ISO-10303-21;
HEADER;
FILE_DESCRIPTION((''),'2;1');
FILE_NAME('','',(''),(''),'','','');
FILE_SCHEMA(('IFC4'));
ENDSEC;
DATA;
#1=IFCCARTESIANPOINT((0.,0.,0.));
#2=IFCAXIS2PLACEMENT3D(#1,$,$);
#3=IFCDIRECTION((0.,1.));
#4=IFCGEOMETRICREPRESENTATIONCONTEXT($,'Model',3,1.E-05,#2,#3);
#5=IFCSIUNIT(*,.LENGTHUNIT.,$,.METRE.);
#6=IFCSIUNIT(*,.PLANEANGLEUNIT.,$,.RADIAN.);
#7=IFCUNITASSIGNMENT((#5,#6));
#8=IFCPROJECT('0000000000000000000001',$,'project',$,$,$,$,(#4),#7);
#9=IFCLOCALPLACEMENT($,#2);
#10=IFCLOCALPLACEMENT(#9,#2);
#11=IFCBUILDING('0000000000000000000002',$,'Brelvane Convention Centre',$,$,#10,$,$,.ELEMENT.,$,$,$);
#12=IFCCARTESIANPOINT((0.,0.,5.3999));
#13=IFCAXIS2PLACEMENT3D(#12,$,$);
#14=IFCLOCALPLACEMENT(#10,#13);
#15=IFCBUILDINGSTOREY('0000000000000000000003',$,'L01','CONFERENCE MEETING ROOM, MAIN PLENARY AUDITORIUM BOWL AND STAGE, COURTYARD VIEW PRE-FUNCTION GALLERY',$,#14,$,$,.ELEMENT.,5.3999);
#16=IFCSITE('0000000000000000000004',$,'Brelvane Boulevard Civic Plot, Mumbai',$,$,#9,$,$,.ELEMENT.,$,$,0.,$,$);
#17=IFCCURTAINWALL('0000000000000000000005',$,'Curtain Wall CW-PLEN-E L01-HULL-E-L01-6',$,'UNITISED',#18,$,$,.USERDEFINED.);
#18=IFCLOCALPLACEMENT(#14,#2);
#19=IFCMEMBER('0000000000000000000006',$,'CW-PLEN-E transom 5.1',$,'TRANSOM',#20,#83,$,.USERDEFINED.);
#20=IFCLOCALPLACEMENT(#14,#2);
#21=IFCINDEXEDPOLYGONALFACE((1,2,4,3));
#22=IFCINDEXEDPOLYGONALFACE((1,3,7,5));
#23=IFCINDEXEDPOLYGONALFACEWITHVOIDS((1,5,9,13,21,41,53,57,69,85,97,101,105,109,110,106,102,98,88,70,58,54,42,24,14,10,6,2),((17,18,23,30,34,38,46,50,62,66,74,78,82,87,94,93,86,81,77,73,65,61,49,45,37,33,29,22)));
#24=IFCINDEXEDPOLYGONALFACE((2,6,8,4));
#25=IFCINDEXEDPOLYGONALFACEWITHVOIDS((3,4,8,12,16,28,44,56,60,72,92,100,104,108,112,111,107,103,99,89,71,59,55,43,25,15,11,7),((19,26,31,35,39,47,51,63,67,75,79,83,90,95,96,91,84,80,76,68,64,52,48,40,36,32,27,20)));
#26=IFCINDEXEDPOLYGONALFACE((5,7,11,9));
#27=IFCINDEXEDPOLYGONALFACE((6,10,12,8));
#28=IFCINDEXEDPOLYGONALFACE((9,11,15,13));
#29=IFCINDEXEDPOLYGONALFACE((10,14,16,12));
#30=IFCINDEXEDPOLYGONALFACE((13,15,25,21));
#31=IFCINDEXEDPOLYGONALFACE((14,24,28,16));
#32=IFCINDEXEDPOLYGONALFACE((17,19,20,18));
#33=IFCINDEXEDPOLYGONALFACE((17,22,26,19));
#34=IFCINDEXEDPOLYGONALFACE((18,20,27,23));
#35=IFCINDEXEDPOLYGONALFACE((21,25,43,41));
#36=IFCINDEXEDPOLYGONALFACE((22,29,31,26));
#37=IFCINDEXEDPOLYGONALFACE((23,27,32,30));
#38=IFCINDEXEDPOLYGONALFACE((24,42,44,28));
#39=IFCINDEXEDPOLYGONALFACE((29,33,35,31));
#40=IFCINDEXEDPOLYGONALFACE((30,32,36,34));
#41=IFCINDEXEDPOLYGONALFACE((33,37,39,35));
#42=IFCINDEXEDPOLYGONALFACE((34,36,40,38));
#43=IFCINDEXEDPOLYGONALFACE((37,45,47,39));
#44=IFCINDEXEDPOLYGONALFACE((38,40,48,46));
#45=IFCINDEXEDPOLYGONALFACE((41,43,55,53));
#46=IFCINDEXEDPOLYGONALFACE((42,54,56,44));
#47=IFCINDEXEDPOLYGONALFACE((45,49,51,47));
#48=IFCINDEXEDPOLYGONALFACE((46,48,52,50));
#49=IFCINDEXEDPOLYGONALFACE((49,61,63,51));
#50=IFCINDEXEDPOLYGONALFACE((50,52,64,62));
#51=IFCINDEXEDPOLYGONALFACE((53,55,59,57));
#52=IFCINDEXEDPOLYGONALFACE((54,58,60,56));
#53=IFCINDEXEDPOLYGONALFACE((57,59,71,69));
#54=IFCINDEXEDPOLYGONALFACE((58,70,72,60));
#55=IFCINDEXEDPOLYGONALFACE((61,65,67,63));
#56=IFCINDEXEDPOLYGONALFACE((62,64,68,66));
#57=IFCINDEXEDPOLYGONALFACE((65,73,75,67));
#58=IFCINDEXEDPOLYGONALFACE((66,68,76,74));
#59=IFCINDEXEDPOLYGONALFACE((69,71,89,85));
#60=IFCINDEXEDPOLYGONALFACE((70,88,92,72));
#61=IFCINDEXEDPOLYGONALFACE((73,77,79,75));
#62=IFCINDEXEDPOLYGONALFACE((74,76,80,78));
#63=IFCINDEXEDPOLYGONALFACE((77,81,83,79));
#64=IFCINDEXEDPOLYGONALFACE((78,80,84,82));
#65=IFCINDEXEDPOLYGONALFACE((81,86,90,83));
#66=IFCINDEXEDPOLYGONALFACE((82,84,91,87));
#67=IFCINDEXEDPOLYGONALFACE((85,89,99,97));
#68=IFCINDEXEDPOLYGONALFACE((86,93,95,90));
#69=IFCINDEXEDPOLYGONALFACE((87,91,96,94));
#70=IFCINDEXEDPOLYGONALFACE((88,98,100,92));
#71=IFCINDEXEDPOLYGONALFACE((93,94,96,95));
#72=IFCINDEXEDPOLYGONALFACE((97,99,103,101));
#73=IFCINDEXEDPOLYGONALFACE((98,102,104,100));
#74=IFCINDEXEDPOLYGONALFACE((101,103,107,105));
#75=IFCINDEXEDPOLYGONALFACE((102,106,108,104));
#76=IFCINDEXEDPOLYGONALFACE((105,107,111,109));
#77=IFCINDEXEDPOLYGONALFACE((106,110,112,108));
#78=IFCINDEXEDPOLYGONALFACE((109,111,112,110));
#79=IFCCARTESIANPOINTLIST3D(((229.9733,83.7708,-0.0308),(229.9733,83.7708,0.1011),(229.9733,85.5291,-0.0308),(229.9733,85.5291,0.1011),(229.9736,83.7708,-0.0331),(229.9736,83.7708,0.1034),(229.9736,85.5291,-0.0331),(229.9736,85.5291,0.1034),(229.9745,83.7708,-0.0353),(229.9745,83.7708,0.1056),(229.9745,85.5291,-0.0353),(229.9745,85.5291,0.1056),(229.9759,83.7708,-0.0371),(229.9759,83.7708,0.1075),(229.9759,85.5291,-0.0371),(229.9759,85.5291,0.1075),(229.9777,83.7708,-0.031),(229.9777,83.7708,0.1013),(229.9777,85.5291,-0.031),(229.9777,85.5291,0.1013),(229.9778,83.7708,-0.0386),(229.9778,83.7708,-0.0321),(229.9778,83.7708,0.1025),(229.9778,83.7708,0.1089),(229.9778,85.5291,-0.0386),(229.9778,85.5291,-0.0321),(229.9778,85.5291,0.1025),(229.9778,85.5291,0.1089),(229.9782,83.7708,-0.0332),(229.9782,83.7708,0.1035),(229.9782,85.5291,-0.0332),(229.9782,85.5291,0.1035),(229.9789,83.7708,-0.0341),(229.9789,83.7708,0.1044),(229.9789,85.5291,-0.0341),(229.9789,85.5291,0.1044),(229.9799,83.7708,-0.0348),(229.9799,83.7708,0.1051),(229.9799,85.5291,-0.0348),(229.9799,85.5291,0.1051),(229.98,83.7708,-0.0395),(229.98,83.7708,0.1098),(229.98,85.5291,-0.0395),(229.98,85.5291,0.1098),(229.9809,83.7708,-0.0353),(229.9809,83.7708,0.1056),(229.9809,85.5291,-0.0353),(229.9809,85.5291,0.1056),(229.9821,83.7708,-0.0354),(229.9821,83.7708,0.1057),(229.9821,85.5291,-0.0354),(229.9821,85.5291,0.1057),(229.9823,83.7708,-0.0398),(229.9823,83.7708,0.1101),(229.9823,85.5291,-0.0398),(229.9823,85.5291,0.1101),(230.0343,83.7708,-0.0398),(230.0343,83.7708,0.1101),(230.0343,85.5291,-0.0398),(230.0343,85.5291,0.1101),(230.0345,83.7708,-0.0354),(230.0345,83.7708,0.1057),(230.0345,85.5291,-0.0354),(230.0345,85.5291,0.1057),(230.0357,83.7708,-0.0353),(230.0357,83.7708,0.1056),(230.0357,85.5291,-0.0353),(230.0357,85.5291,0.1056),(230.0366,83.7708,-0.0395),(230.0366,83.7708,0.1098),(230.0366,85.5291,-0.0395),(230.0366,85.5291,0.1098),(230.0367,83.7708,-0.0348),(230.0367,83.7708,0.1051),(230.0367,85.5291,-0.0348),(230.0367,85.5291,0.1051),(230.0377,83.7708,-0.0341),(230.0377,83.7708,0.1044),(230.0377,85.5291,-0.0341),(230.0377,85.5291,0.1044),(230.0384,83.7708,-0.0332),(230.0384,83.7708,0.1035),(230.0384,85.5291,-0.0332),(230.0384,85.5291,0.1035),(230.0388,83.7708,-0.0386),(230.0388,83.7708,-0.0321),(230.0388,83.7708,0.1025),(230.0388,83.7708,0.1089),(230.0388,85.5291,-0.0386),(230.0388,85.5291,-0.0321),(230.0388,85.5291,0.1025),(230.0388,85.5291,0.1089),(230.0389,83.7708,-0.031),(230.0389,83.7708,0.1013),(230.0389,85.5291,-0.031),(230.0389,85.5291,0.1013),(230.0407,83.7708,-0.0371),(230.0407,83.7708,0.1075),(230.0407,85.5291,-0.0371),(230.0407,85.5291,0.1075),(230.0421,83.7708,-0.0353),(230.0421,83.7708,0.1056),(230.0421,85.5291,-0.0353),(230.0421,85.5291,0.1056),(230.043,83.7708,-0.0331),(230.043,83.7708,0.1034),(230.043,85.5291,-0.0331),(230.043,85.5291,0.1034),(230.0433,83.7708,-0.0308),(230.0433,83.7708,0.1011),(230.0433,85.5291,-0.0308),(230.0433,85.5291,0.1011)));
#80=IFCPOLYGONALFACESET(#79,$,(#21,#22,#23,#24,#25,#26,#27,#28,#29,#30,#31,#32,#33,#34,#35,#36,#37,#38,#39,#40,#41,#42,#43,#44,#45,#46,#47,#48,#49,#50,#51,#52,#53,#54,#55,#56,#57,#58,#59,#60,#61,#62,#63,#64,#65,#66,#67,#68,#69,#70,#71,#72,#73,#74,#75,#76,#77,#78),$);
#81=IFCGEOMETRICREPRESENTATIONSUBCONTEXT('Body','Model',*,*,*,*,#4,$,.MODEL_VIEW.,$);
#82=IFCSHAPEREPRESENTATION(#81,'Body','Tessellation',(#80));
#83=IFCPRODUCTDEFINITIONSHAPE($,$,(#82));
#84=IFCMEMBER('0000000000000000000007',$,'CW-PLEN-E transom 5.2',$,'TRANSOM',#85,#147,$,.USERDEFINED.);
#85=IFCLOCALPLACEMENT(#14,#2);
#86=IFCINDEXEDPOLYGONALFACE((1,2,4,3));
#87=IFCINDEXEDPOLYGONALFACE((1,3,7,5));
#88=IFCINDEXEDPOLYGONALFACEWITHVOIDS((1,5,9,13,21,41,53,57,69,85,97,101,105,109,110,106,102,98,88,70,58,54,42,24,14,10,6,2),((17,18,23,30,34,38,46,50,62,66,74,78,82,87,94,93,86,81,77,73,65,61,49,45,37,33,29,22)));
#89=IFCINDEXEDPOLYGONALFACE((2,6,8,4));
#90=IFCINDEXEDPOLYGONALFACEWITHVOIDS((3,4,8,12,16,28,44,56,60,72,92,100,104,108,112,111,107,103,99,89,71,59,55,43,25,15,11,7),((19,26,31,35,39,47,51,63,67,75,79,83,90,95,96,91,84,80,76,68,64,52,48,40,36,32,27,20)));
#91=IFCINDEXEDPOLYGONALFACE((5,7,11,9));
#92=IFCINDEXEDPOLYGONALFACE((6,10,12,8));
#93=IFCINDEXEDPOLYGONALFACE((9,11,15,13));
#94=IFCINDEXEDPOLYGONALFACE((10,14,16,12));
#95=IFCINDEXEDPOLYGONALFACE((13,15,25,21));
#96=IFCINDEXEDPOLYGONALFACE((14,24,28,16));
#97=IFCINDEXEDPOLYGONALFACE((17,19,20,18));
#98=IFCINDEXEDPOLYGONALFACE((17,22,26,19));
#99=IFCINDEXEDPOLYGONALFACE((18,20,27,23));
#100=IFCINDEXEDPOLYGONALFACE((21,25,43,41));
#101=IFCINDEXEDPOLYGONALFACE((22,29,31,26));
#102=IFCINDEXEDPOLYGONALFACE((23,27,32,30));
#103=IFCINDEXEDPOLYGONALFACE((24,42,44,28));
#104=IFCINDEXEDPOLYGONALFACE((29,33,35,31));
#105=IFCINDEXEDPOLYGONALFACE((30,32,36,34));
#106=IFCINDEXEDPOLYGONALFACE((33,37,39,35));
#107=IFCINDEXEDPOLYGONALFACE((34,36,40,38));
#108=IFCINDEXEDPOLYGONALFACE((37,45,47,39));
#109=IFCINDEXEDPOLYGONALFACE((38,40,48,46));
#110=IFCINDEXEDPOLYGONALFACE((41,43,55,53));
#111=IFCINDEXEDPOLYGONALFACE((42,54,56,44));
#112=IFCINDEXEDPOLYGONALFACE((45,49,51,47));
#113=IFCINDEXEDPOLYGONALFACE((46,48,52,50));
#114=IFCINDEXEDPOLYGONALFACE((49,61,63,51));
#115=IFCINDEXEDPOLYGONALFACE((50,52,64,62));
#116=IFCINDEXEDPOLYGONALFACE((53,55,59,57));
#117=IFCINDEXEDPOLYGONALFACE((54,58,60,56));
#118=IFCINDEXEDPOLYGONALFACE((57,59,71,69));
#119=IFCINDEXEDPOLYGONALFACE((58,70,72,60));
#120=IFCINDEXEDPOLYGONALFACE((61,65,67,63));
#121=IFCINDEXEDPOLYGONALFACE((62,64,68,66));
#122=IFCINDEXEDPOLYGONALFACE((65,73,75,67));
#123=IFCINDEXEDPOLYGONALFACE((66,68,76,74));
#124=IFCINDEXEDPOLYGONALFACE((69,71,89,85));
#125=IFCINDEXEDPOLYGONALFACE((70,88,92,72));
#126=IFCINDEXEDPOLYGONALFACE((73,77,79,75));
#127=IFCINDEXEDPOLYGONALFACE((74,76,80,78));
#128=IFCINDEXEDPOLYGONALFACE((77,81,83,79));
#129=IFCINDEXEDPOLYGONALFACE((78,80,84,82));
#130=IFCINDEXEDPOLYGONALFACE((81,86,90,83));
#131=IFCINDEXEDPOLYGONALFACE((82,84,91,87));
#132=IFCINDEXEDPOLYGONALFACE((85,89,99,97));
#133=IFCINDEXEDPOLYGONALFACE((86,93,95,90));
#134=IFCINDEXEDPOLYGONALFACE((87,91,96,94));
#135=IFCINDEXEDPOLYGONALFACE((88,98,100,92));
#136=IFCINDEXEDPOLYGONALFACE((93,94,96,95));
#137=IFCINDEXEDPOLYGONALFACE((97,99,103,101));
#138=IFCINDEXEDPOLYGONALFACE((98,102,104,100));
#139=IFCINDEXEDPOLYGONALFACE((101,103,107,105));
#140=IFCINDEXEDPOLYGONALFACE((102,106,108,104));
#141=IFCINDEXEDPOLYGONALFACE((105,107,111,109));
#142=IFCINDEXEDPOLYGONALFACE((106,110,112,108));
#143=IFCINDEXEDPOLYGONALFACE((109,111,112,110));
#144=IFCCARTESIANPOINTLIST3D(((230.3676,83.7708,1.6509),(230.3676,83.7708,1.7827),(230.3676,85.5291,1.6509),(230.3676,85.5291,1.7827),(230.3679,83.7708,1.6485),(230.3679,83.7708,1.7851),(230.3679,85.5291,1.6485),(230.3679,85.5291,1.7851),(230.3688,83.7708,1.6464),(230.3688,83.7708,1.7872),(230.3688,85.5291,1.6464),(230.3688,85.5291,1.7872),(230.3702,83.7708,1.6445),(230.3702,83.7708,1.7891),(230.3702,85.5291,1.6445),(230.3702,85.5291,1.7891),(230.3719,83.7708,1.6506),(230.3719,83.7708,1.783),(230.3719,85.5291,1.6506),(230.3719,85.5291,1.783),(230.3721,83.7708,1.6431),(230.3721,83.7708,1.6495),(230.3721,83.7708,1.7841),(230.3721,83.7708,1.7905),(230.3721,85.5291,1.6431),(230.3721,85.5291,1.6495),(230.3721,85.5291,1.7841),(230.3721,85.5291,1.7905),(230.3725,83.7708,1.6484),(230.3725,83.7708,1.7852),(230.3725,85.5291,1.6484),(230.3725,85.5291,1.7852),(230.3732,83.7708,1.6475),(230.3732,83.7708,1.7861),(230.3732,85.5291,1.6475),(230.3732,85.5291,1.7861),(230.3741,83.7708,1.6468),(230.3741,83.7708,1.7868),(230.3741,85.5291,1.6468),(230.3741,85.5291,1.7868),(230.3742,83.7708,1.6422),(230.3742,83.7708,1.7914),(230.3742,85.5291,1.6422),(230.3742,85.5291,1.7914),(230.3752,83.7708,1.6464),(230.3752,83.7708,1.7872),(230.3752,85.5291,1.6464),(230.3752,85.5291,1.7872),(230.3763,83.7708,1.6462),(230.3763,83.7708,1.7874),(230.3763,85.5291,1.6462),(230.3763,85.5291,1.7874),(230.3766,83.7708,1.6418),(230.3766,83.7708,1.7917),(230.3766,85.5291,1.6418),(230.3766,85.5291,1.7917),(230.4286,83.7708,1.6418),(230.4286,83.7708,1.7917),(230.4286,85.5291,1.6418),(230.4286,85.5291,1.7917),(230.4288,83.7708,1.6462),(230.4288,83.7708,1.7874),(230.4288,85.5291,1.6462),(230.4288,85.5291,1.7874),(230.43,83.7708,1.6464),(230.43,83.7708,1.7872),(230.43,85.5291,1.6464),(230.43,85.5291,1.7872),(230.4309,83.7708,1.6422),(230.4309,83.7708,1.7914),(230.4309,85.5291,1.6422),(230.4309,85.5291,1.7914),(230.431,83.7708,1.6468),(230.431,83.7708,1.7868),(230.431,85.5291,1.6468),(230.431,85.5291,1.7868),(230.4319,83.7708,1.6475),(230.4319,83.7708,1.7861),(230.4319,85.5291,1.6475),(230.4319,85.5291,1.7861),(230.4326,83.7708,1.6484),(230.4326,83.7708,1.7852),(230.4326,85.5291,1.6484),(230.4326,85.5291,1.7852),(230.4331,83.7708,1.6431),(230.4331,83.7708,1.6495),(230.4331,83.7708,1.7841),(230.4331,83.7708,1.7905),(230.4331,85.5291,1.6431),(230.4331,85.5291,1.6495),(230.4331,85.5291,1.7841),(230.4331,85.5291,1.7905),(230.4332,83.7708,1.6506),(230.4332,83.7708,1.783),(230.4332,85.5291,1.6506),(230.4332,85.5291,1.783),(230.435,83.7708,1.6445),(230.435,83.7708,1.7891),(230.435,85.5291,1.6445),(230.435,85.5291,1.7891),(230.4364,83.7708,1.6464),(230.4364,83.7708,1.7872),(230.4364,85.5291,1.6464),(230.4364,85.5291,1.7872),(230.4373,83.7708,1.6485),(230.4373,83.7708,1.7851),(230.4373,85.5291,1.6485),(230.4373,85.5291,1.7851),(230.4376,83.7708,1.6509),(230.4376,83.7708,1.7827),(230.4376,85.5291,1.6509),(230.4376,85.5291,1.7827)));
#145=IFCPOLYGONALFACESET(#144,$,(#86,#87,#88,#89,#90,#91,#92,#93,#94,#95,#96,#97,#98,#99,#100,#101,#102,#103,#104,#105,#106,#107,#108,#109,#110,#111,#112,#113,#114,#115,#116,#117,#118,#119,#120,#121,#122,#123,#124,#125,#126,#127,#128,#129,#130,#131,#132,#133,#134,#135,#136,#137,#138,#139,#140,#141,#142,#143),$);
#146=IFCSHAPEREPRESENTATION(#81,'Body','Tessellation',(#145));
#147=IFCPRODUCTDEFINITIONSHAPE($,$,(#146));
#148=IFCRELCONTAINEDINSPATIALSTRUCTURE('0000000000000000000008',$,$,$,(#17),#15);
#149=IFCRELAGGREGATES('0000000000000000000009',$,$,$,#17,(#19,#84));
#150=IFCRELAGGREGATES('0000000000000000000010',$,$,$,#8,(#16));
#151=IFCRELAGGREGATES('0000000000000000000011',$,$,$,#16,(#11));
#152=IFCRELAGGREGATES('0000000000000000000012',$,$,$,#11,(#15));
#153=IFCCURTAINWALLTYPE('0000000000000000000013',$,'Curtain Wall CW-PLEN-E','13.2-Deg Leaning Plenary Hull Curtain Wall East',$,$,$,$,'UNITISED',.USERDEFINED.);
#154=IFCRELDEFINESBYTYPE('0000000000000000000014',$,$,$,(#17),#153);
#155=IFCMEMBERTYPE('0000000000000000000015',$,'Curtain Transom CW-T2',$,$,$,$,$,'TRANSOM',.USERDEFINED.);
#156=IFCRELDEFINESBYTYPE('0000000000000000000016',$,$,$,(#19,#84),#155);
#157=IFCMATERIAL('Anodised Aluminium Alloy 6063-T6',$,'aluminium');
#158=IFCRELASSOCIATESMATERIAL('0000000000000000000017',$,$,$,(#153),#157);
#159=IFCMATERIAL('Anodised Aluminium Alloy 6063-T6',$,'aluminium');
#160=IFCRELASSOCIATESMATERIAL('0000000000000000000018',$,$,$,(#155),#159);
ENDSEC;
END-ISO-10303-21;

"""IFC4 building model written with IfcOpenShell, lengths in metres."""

from ifc_helpers import new_model, si_unit, direction, frame, origin, origin_2d, place, context, subcontext, project, spatial, hollow_rectangle, extrude, material, material_profile, profile_set, type_object, element, aggregate, save


model = new_model("IFC4")

# Units and contexts
model_context = context("Model", 3, precision=1e-05, world=origin(), true_north=direction((0.0, 1.0)))
body_context = subcontext(model_context, "Body", "Model", "MODEL_VIEW")
ifc_project = project(units=[si_unit("LENGTHUNIT", "METRE"), si_unit("PLANEANGLEUNIT", "RADIAN")], contexts=[model_context])

# Site, building, storey
site_placement = place(None, origin())
site = spatial("IfcSite", under=ifc_project, at=site_placement, Name="Brelvane Boulevard Civic Plot, Mumbai", CompositionType="ELEMENT", RefElevation=0.0)
building_placement = place(site_placement, origin())
building = spatial("IfcBuilding", under=site, at=building_placement, Name="Brelvane Convention Centre", CompositionType="ELEMENT")
storey_placement = place(building_placement, frame((0.0, 0.0, 5.3999)))
storey = spatial("IfcBuildingStorey", under=building, at=storey_placement, Name="L01", Description="CONFERENCE MEETING ROOM, MAIN PLENARY AUDITORIUM BOWL AND STAGE, COURTYARD VIEW PRE-FUNCTION GALLERY", CompositionType="ELEMENT", Elevation=5.3999)

# Curtain wall
ifc_material_1 = material(Name="Anodised Aluminium Alloy 6063-T6", Category="aluminium")
curtain_wall_type_1 = type_object("IfcCurtainWallType", Name="Curtain Wall CW-PLEN-E", Description="13.2-Deg Leaning Plenary Hull Curtain Wall East", ElementType="UNITISED", PredefinedType="USERDEFINED", material=ifc_material_1)
curtain_wall_1_placement = place(storey_placement, origin())
curtain_wall_1 = element("IfcCurtainWall", 1, at=curtain_wall_1_placement, inside=storey, type_object=curtain_wall_type_1, Name="Curtain Wall CW-PLEN-E L01-HULL-E-L01-6", ObjectType="UNITISED", PredefinedType="USERDEFINED")

# Members
ifc_material_2 = material(Name="Anodised Aluminium Alloy 6063-T6", Category="aluminium")
ifc_material_profile_1 = material_profile(ifc_material_2, hollow_rectangle(XDim=0.0701, YDim=0.1499, WallThickness=0.0044, InnerFilletRadius=0.0044, OuterFilletRadius=0.009, at=origin_2d()), Name="ALU-T 150x70x4.5")
ifc_profile_set_1 = profile_set([ifc_material_profile_1], Name="Anodised Aluminium Alloy 6063-T6")
member_type_1 = type_object("IfcMemberType", Name="Curtain Transom CW-T2", ElementType="TRANSOM", PredefinedType="USERDEFINED", material=ifc_profile_set_1)
member_1_placement = place(storey_placement, frame((230.0083, 83.7708, 0.0352), z_axis=(0.0, 1.0, 0.0), x_axis=(-1.0, 0.0, 0.0)))
member_1 = element("IfcMember", 2, at=member_1_placement, type_object=member_type_1, Name="CW-PLEN-E transom 5.1", ObjectType="TRANSOM", PredefinedType="USERDEFINED", context=body_context, shape_type="SweptSolid", body=[
    extrude(hollow_rectangle(XDim=0.0701, YDim=0.1499, WallThickness=0.0044, InnerFilletRadius=0.0044, OuterFilletRadius=0.009, at=origin_2d()), origin(), (0.0, 0.0, 1.0), 1.7583),
])
member_2_placement = place(storey_placement, frame((230.4026, 83.7708, 1.7168), z_axis=(0.0, 1.0, 0.0), x_axis=(-1.0, 0.0, 0.0)))
member_2 = element("IfcMember", 3, at=member_2_placement, type_object=member_type_1, Name="CW-PLEN-E transom 5.2", ObjectType="TRANSOM", PredefinedType="USERDEFINED", context=body_context, shape_type="SweptSolid", body=[
    extrude(hollow_rectangle(XDim=0.0701, YDim=0.1499, WallThickness=0.0044, InnerFilletRadius=0.0044, OuterFilletRadius=0.009, at=origin_2d()), origin(), (0.0, 0.0, 1.0), 1.7583),
])

aggregate(curtain_wall_1, [member_1, member_2])

save(model, "model.ifc")
